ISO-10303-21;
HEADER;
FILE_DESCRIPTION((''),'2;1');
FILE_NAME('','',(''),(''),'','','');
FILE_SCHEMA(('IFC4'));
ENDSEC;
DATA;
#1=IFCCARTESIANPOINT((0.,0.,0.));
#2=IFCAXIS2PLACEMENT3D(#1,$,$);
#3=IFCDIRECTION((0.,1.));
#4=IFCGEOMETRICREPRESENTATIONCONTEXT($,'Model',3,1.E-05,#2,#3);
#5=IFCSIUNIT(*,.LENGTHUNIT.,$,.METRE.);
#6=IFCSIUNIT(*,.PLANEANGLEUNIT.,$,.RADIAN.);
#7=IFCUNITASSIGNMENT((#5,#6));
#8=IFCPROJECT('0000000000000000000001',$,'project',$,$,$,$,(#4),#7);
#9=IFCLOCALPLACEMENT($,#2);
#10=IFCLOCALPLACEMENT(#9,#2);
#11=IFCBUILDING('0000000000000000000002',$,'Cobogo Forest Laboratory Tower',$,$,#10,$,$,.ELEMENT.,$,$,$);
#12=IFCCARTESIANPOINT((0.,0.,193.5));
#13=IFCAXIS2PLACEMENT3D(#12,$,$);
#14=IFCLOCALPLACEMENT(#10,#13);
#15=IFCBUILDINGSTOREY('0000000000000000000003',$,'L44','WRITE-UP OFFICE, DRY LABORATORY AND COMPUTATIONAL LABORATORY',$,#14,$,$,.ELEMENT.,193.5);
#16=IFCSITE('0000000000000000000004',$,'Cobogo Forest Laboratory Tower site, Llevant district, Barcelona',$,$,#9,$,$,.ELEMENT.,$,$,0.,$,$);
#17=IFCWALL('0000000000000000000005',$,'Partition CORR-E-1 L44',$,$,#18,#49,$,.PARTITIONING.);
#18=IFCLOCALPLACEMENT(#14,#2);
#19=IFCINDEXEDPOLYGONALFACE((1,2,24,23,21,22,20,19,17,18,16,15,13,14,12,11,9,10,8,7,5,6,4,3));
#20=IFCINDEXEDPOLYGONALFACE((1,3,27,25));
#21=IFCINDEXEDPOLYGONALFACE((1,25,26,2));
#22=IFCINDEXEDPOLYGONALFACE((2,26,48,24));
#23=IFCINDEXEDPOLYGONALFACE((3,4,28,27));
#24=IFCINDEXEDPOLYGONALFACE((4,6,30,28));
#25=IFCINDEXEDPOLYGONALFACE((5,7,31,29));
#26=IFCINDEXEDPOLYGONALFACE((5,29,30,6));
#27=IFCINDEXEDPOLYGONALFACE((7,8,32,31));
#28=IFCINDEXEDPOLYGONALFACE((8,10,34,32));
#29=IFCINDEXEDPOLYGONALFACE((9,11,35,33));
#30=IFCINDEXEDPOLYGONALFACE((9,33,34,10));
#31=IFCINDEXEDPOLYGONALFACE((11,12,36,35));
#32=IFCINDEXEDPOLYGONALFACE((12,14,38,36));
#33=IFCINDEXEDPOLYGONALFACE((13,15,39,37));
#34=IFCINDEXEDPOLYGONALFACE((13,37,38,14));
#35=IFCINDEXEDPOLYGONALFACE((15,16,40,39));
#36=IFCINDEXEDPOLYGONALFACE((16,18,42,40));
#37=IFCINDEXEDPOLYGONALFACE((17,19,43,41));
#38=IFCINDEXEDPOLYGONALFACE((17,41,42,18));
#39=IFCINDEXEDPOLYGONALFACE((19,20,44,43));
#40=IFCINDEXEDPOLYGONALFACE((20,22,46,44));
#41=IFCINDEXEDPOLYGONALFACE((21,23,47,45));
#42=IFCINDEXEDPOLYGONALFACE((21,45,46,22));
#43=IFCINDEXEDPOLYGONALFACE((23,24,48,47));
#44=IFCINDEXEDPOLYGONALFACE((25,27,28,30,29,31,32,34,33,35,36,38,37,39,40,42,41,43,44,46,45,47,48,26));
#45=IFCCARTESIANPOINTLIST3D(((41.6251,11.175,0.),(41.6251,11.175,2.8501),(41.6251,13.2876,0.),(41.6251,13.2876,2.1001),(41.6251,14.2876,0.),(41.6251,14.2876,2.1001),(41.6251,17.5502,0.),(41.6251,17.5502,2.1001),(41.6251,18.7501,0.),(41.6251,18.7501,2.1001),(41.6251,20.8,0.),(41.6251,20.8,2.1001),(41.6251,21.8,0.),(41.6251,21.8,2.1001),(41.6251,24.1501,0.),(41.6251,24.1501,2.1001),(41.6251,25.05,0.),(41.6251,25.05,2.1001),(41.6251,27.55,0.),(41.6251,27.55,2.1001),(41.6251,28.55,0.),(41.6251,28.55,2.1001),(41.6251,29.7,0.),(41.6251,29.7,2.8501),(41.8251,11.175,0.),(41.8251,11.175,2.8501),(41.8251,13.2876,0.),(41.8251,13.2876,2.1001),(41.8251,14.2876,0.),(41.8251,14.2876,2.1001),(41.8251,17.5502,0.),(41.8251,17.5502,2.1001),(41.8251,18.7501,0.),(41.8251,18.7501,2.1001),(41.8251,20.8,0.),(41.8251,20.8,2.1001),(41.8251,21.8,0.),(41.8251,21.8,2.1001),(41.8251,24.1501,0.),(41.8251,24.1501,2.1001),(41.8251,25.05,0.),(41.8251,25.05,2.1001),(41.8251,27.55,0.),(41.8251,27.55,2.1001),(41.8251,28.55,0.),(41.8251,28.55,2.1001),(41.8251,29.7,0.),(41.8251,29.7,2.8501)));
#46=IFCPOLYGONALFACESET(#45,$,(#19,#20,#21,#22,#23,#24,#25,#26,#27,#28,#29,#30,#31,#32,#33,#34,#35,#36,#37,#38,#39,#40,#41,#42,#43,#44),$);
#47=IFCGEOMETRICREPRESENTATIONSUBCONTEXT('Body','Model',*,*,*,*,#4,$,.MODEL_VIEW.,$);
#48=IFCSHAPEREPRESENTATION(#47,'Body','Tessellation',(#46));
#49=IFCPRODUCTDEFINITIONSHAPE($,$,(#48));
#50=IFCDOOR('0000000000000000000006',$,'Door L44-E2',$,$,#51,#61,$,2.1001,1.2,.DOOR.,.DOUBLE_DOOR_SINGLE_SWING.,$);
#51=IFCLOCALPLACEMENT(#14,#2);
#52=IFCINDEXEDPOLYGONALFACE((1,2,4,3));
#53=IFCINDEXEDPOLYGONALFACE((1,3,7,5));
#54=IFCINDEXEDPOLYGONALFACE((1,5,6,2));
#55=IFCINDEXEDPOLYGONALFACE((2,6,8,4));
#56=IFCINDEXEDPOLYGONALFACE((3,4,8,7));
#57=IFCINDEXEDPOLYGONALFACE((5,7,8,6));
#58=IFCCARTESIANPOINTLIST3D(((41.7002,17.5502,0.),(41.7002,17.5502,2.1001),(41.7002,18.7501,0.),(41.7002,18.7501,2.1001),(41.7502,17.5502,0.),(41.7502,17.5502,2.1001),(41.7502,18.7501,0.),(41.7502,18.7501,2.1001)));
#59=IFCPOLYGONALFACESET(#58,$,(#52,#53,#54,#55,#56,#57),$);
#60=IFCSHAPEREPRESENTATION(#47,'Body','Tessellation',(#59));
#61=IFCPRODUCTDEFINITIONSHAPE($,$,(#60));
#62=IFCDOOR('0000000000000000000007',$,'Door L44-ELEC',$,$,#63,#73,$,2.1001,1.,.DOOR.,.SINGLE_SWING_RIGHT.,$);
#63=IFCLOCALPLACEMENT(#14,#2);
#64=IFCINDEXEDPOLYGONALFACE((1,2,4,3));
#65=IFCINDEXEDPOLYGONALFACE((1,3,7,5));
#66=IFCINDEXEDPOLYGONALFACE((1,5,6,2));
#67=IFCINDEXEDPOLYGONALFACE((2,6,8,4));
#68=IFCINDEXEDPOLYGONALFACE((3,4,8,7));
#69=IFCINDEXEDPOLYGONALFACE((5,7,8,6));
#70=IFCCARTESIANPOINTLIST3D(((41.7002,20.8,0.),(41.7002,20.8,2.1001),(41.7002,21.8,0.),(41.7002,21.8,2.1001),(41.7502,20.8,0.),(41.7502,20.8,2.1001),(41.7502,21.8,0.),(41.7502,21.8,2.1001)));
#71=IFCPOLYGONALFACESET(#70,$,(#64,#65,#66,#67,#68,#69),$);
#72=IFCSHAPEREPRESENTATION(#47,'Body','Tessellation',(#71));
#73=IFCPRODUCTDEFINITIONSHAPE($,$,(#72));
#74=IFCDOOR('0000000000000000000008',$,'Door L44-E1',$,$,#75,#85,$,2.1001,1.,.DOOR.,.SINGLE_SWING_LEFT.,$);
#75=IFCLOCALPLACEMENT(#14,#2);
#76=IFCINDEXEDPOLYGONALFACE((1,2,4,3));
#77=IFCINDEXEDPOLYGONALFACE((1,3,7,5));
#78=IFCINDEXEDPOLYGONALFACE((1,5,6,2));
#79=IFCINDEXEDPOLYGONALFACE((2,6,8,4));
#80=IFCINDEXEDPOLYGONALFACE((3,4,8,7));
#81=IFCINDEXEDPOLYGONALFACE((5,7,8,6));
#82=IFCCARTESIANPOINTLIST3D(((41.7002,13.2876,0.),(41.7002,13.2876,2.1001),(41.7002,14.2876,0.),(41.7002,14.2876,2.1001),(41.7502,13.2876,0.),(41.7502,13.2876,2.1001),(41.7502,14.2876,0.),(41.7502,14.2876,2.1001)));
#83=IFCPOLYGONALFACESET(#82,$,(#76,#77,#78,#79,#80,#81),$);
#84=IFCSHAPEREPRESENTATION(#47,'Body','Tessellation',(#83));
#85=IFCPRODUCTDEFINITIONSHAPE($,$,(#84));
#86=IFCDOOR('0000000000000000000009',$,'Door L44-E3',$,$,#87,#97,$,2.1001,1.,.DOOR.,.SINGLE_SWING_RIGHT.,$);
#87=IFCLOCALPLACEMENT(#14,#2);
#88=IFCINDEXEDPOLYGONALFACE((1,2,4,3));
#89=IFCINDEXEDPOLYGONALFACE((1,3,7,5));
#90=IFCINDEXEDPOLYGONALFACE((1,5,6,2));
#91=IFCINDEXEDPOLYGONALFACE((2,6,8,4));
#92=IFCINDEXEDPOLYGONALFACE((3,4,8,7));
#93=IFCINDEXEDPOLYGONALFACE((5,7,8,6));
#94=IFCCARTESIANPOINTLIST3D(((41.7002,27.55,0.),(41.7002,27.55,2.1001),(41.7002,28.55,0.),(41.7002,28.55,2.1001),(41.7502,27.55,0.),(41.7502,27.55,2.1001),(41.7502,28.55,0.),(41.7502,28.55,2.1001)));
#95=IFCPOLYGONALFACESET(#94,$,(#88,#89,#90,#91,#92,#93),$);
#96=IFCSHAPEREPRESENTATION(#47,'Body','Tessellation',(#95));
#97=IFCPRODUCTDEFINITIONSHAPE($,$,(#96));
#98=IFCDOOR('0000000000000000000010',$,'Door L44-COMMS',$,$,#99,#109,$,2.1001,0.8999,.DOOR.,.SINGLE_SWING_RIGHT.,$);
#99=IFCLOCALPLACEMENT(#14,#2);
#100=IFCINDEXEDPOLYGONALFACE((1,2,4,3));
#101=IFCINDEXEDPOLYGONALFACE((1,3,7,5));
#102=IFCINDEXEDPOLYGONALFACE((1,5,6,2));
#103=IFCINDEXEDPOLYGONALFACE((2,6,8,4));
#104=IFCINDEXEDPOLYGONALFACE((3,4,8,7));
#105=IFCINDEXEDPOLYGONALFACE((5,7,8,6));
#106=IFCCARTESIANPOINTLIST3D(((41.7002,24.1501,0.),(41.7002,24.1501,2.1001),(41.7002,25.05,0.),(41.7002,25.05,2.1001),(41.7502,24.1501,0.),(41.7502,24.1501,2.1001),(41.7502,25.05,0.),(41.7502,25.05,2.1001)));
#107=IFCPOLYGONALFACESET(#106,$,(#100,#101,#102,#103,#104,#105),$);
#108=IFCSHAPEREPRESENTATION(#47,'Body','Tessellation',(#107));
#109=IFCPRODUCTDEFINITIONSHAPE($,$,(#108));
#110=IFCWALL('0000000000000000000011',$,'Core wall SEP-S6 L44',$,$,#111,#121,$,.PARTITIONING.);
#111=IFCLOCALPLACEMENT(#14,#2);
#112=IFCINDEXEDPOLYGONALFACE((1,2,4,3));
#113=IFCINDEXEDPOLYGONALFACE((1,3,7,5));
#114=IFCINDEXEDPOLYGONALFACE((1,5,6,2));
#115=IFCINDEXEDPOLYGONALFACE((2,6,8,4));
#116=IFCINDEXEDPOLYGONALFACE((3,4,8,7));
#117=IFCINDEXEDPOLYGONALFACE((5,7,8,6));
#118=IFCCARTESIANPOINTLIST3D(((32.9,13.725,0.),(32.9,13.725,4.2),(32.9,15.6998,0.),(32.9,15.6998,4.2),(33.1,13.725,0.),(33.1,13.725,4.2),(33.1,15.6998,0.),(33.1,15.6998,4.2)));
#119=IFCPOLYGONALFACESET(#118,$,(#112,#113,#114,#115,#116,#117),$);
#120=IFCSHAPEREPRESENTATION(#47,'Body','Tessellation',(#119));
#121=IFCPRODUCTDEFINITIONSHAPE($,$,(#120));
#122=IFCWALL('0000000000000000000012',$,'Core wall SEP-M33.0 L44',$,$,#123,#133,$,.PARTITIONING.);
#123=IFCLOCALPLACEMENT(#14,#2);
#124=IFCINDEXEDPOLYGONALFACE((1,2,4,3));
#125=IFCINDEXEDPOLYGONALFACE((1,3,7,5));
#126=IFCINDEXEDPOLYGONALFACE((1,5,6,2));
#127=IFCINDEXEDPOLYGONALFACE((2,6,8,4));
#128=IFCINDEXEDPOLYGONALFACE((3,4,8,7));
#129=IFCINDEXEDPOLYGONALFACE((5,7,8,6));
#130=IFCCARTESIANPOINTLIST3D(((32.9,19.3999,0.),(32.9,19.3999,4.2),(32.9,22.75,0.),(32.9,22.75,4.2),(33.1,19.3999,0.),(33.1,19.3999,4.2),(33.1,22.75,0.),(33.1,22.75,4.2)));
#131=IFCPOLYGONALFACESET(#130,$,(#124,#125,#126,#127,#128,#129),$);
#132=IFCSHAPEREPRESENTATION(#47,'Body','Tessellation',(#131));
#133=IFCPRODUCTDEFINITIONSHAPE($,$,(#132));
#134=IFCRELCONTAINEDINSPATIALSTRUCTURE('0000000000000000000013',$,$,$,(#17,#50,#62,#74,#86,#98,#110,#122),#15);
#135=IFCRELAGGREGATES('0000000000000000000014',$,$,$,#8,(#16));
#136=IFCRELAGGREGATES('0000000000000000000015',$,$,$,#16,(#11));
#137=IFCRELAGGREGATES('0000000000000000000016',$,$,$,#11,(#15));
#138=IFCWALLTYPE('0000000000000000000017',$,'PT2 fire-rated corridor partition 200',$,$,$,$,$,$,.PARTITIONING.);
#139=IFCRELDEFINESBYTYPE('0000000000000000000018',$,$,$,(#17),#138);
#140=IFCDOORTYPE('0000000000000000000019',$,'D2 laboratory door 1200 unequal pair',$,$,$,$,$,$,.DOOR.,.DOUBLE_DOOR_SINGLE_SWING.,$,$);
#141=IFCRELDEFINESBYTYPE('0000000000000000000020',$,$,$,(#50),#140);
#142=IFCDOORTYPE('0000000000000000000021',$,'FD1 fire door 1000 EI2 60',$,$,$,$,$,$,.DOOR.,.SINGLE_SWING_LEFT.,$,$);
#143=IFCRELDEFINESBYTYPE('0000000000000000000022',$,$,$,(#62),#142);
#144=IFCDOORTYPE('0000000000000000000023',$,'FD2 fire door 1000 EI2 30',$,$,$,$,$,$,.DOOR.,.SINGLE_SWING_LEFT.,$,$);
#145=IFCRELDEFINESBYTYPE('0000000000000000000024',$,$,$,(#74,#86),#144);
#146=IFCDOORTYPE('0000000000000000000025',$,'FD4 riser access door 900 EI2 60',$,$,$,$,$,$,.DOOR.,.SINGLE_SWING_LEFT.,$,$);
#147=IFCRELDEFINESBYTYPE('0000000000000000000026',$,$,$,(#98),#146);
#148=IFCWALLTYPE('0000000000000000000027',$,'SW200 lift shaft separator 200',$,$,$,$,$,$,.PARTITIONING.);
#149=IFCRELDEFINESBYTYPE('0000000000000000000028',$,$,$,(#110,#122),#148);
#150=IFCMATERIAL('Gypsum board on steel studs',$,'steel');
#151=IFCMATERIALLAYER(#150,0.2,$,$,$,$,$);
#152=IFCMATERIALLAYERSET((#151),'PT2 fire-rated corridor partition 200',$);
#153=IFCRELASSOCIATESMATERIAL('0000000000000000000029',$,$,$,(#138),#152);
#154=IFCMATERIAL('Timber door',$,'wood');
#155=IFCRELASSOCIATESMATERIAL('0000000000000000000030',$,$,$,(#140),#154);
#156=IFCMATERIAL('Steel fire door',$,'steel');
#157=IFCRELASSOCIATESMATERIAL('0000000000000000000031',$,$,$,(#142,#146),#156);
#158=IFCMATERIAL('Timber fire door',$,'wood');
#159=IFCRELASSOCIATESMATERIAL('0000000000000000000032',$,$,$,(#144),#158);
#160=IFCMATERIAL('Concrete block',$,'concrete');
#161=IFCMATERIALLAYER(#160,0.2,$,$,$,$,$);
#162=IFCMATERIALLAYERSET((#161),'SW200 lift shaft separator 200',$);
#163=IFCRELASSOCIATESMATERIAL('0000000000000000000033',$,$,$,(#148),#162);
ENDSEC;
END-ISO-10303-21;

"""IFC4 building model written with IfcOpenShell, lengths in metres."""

from ifc_helpers import new_model, si_unit, direction, frame, frame_2d, origin, place, context, subcontext, project, spatial, rectangle, extrude, material, layer, layer_set, type_object, element, fill, save


model = new_model("IFC4")

# Units and contexts
model_context = context("Model", 3, precision=1e-05, world=origin(), true_north=direction((0.0, 1.0)))
body_context = subcontext(model_context, "Body", "Model", "MODEL_VIEW")
ifc_project = project(units=[si_unit("LENGTHUNIT", "METRE"), si_unit("PLANEANGLEUNIT", "RADIAN")], contexts=[model_context])

# Site, building, storey
site_placement = place(None, origin())
site = spatial("IfcSite", under=ifc_project, at=site_placement, Name="Cobogo Forest Laboratory Tower site, Llevant district, Barcelona", CompositionType="ELEMENT", RefElevation=0.0)
building_placement = place(site_placement, origin())
building = spatial("IfcBuilding", under=site, at=building_placement, Name="Cobogo Forest Laboratory Tower", CompositionType="ELEMENT")
storey_placement = place(building_placement, frame((0.0, 0.0, 193.5)))
storey = spatial("IfcBuildingStorey", under=building, at=storey_placement, Name="L44", Description="WRITE-UP OFFICE, DRY LABORATORY AND COMPUTATIONAL LABORATORY", CompositionType="ELEMENT", Elevation=193.5)

# Wall, openings, doors
ifc_material_1 = material(Name="Steel fire door", Category="steel")
ifc_material_2 = material(Name="Gypsum board on steel studs", Category="steel")
ifc_layer_1 = layer(ifc_material_2, 0.2)
ifc_layer_set_1 = layer_set([ifc_layer_1], Name="PT2 fire-rated corridor partition 200")
wall_type_1 = type_object("IfcWallType", Name="PT2 fire-rated corridor partition 200", PredefinedType="PARTITIONING", material=ifc_layer_set_1)
wall_1_placement = place(storey_placement, frame((41.7251, 11.175, 0.0), z_axis=(0.0, 0.0, 1.0), x_axis=(0.0, 1.0, 0.0)))
wall_1 = element("IfcWall", 1, at=wall_1_placement, inside=storey, type_object=wall_type_1, Name="Partition CORR-E-1 L44", PredefinedType="PARTITIONING", context=body_context, shape_type="SweptSolid", body=[
    extrude(rectangle(XDim=18.5249, YDim=0.2, at=frame_2d((9.2625, 0.0))), origin(), (0.0, 0.0, 1.0), 2.8501),
])
opening_1_placement = place(wall_1_placement, frame((2.1125, 0.0, 0.0)))
opening_1 = element("IfcOpeningElement", 2, at=opening_1_placement, cuts=wall_1, PredefinedType="OPENING", context=body_context, shape_type="SweptSolid", body=[
    extrude(rectangle(XDim=1.0, YDim=2.1001, at=frame_2d((0.5, 1.05))), frame((0.0, 0.1099, 0.0), z_axis=(0.0, -1.0, 0.0), x_axis=(1.0, 0.0, 0.0)), (0.0, 0.0, 1.0), 0.22),
])
opening_2_placement = place(wall_1_placement, frame((6.375, 0.0, 0.0)))
opening_2 = element("IfcOpeningElement", 3, at=opening_2_placement, cuts=wall_1, PredefinedType="OPENING", context=body_context, shape_type="SweptSolid", body=[
    extrude(rectangle(XDim=1.2, YDim=2.1001, at=frame_2d((0.6001, 1.05))), frame((0.0, 0.1099, 0.0), z_axis=(0.0, -1.0, 0.0), x_axis=(1.0, 0.0, 0.0)), (0.0, 0.0, 1.0), 0.22),
])
opening_3_placement = place(wall_1_placement, frame((9.625, 0.0, 0.0)))
opening_3 = element("IfcOpeningElement", 4, at=opening_3_placement, cuts=wall_1, PredefinedType="OPENING", context=body_context, shape_type="SweptSolid", body=[
    extrude(rectangle(XDim=1.0, YDim=2.1001, at=frame_2d((0.5, 1.05))), frame((0.0, 0.1099, 0.0), z_axis=(0.0, -1.0, 0.0), x_axis=(1.0, 0.0, 0.0)), (0.0, 0.0, 1.0), 0.22),
])
opening_4_placement = place(wall_1_placement, frame((12.9751, 0.0, 0.0)))
opening_4 = element("IfcOpeningElement", 5, at=opening_4_placement, cuts=wall_1, PredefinedType="OPENING", context=body_context, shape_type="SweptSolid", body=[
    extrude(rectangle(XDim=0.8999, YDim=2.1001, at=frame_2d((0.45, 1.05))), frame((0.0, 0.1099, 0.0), z_axis=(0.0, -1.0, 0.0), x_axis=(1.0, 0.0, 0.0)), (0.0, 0.0, 1.0), 0.22),
])
opening_5_placement = place(wall_1_placement, frame((16.375, 0.0, 0.0)))
opening_5 = element("IfcOpeningElement", 6, at=opening_5_placement, cuts=wall_1, PredefinedType="OPENING", context=body_context, shape_type="SweptSolid", body=[
    extrude(rectangle(XDim=1.0, YDim=2.1001, at=frame_2d((0.5, 1.05))), frame((0.0, 0.1099, 0.0), z_axis=(0.0, -1.0, 0.0), x_axis=(1.0, 0.0, 0.0)), (0.0, 0.0, 1.0), 0.22),
])
ifc_material_3 = material(Name="Timber door", Category="wood")
door_type_1 = type_object("IfcDoorType", Name="D2 laboratory door 1200 unequal pair", OperationType="DOUBLE_DOOR_SINGLE_SWING", PredefinedType="DOOR", material=ifc_material_3)
door_1_placement = place(opening_2_placement, origin())
door_1 = element("IfcDoor", 7, at=door_1_placement, inside=storey, type_object=door_type_1, Name="Door L44-E2", OperationType="DOUBLE_DOOR_SINGLE_SWING", OverallHeight=2.1001, OverallWidth=1.2, PredefinedType="DOOR", context=body_context, shape_type="SweptSolid", body=[
    extrude(rectangle(XDim=1.2, YDim=2.1001, at=frame_2d((0.6001, 1.05))), frame((0.0, 0.0249, 0.0), z_axis=(0.0, -1.0, 0.0), x_axis=(1.0, 0.0, 0.0)), (0.0, 0.0, 1.0), 0.05),
])
fill(opening_2, door_1)
door_type_2 = type_object("IfcDoorType", Name="FD1 fire door 1000 EI2 60", OperationType="SINGLE_SWING_LEFT", PredefinedType="DOOR", material=ifc_material_1)
door_2_placement = place(opening_3_placement, origin())
door_2 = element("IfcDoor", 8, at=door_2_placement, inside=storey, type_object=door_type_2, Name="Door L44-ELEC", OperationType="SINGLE_SWING_RIGHT", OverallHeight=2.1001, OverallWidth=1.0, PredefinedType="DOOR", context=body_context, shape_type="SweptSolid", body=[
    extrude(rectangle(XDim=1.0, YDim=2.1001, at=frame_2d((0.5, 1.05))), frame((0.0, 0.0249, 0.0), z_axis=(0.0, -1.0, 0.0), x_axis=(1.0, 0.0, 0.0)), (0.0, 0.0, 1.0), 0.05),
])
fill(opening_3, door_2)
ifc_material_4 = material(Name="Timber fire door", Category="wood")
door_type_3 = type_object("IfcDoorType", Name="FD2 fire door 1000 EI2 30", OperationType="SINGLE_SWING_LEFT", PredefinedType="DOOR", material=ifc_material_4)
door_3_placement = place(opening_1_placement, origin())
door_3 = element("IfcDoor", 9, at=door_3_placement, inside=storey, type_object=door_type_3, Name="Door L44-E1", OperationType="SINGLE_SWING_LEFT", OverallHeight=2.1001, OverallWidth=1.0, PredefinedType="DOOR", context=body_context, shape_type="SweptSolid", body=[
    extrude(rectangle(XDim=1.0, YDim=2.1001, at=frame_2d((0.5, 1.05))), frame((0.0, 0.0249, 0.0), z_axis=(0.0, -1.0, 0.0), x_axis=(1.0, 0.0, 0.0)), (0.0, 0.0, 1.0), 0.05),
])
fill(opening_1, door_3)
door_4_placement = place(opening_5_placement, origin())
door_4 = element("IfcDoor", 10, at=door_4_placement, inside=storey, type_object=door_type_3, Name="Door L44-E3", OperationType="SINGLE_SWING_RIGHT", OverallHeight=2.1001, OverallWidth=1.0, PredefinedType="DOOR", context=body_context, shape_type="SweptSolid", body=[
    extrude(rectangle(XDim=1.0, YDim=2.1001, at=frame_2d((0.5, 1.05))), frame((0.0, 0.0249, 0.0), z_axis=(0.0, -1.0, 0.0), x_axis=(1.0, 0.0, 0.0)), (0.0, 0.0, 1.0), 0.05),
])
fill(opening_5, door_4)
door_type_4 = type_object("IfcDoorType", Name="FD4 riser access door 900 EI2 60", OperationType="SINGLE_SWING_LEFT", PredefinedType="DOOR", material=ifc_material_1)
door_5_placement = place(opening_4_placement, origin())
door_5 = element("IfcDoor", 11, at=door_5_placement, inside=storey, type_object=door_type_4, Name="Door L44-COMMS", OperationType="SINGLE_SWING_RIGHT", OverallHeight=2.1001, OverallWidth=0.8999, PredefinedType="DOOR", context=body_context, shape_type="SweptSolid", body=[
    extrude(rectangle(XDim=0.8999, YDim=2.1001, at=frame_2d((0.45, 1.05))), frame((0.0, 0.0249, 0.0), z_axis=(0.0, -1.0, 0.0), x_axis=(1.0, 0.0, 0.0)), (0.0, 0.0, 1.0), 0.05),
])
fill(opening_4, door_5)

# Walls
ifc_material_5 = material(Name="Concrete block", Category="concrete")
ifc_layer_2 = layer(ifc_material_5, 0.2)
ifc_layer_set_2 = layer_set([ifc_layer_2], Name="SW200 lift shaft separator 200")
wall_type_2 = type_object("IfcWallType", Name="SW200 lift shaft separator 200", PredefinedType="PARTITIONING", material=ifc_layer_set_2)
wall_2_placement = place(storey_placement, frame((33.0, 13.7251, 0.0), z_axis=(0.0, 0.0, 1.0), x_axis=(0.0, 1.0, 0.0)))
element("IfcWall", 12, at=wall_2_placement, inside=storey, type_object=wall_type_2, Name="Core wall SEP-S6 L44", PredefinedType="PARTITIONING", context=body_context, shape_type="SweptSolid", body=[
    extrude(rectangle(XDim=1.9749, YDim=0.2, at=frame_2d((0.9873, 0.0))), origin(), (0.0, 0.0, 1.0), 4.2),
])
wall_3_placement = place(storey_placement, frame((33.0, 19.3999, 0.0), z_axis=(0.0, 0.0, 1.0), x_axis=(0.0, 1.0, 0.0)))
element("IfcWall", 13, at=wall_3_placement, inside=storey, type_object=wall_type_2, Name="Core wall SEP-M33.0 L44", PredefinedType="PARTITIONING", context=body_context, shape_type="SweptSolid", body=[
    extrude(rectangle(XDim=3.3501, YDim=0.2, at=frame_2d((1.675, 0.0))), origin(), (0.0, 0.0, 1.0), 4.2),
])

save(model, "model.ifc")
